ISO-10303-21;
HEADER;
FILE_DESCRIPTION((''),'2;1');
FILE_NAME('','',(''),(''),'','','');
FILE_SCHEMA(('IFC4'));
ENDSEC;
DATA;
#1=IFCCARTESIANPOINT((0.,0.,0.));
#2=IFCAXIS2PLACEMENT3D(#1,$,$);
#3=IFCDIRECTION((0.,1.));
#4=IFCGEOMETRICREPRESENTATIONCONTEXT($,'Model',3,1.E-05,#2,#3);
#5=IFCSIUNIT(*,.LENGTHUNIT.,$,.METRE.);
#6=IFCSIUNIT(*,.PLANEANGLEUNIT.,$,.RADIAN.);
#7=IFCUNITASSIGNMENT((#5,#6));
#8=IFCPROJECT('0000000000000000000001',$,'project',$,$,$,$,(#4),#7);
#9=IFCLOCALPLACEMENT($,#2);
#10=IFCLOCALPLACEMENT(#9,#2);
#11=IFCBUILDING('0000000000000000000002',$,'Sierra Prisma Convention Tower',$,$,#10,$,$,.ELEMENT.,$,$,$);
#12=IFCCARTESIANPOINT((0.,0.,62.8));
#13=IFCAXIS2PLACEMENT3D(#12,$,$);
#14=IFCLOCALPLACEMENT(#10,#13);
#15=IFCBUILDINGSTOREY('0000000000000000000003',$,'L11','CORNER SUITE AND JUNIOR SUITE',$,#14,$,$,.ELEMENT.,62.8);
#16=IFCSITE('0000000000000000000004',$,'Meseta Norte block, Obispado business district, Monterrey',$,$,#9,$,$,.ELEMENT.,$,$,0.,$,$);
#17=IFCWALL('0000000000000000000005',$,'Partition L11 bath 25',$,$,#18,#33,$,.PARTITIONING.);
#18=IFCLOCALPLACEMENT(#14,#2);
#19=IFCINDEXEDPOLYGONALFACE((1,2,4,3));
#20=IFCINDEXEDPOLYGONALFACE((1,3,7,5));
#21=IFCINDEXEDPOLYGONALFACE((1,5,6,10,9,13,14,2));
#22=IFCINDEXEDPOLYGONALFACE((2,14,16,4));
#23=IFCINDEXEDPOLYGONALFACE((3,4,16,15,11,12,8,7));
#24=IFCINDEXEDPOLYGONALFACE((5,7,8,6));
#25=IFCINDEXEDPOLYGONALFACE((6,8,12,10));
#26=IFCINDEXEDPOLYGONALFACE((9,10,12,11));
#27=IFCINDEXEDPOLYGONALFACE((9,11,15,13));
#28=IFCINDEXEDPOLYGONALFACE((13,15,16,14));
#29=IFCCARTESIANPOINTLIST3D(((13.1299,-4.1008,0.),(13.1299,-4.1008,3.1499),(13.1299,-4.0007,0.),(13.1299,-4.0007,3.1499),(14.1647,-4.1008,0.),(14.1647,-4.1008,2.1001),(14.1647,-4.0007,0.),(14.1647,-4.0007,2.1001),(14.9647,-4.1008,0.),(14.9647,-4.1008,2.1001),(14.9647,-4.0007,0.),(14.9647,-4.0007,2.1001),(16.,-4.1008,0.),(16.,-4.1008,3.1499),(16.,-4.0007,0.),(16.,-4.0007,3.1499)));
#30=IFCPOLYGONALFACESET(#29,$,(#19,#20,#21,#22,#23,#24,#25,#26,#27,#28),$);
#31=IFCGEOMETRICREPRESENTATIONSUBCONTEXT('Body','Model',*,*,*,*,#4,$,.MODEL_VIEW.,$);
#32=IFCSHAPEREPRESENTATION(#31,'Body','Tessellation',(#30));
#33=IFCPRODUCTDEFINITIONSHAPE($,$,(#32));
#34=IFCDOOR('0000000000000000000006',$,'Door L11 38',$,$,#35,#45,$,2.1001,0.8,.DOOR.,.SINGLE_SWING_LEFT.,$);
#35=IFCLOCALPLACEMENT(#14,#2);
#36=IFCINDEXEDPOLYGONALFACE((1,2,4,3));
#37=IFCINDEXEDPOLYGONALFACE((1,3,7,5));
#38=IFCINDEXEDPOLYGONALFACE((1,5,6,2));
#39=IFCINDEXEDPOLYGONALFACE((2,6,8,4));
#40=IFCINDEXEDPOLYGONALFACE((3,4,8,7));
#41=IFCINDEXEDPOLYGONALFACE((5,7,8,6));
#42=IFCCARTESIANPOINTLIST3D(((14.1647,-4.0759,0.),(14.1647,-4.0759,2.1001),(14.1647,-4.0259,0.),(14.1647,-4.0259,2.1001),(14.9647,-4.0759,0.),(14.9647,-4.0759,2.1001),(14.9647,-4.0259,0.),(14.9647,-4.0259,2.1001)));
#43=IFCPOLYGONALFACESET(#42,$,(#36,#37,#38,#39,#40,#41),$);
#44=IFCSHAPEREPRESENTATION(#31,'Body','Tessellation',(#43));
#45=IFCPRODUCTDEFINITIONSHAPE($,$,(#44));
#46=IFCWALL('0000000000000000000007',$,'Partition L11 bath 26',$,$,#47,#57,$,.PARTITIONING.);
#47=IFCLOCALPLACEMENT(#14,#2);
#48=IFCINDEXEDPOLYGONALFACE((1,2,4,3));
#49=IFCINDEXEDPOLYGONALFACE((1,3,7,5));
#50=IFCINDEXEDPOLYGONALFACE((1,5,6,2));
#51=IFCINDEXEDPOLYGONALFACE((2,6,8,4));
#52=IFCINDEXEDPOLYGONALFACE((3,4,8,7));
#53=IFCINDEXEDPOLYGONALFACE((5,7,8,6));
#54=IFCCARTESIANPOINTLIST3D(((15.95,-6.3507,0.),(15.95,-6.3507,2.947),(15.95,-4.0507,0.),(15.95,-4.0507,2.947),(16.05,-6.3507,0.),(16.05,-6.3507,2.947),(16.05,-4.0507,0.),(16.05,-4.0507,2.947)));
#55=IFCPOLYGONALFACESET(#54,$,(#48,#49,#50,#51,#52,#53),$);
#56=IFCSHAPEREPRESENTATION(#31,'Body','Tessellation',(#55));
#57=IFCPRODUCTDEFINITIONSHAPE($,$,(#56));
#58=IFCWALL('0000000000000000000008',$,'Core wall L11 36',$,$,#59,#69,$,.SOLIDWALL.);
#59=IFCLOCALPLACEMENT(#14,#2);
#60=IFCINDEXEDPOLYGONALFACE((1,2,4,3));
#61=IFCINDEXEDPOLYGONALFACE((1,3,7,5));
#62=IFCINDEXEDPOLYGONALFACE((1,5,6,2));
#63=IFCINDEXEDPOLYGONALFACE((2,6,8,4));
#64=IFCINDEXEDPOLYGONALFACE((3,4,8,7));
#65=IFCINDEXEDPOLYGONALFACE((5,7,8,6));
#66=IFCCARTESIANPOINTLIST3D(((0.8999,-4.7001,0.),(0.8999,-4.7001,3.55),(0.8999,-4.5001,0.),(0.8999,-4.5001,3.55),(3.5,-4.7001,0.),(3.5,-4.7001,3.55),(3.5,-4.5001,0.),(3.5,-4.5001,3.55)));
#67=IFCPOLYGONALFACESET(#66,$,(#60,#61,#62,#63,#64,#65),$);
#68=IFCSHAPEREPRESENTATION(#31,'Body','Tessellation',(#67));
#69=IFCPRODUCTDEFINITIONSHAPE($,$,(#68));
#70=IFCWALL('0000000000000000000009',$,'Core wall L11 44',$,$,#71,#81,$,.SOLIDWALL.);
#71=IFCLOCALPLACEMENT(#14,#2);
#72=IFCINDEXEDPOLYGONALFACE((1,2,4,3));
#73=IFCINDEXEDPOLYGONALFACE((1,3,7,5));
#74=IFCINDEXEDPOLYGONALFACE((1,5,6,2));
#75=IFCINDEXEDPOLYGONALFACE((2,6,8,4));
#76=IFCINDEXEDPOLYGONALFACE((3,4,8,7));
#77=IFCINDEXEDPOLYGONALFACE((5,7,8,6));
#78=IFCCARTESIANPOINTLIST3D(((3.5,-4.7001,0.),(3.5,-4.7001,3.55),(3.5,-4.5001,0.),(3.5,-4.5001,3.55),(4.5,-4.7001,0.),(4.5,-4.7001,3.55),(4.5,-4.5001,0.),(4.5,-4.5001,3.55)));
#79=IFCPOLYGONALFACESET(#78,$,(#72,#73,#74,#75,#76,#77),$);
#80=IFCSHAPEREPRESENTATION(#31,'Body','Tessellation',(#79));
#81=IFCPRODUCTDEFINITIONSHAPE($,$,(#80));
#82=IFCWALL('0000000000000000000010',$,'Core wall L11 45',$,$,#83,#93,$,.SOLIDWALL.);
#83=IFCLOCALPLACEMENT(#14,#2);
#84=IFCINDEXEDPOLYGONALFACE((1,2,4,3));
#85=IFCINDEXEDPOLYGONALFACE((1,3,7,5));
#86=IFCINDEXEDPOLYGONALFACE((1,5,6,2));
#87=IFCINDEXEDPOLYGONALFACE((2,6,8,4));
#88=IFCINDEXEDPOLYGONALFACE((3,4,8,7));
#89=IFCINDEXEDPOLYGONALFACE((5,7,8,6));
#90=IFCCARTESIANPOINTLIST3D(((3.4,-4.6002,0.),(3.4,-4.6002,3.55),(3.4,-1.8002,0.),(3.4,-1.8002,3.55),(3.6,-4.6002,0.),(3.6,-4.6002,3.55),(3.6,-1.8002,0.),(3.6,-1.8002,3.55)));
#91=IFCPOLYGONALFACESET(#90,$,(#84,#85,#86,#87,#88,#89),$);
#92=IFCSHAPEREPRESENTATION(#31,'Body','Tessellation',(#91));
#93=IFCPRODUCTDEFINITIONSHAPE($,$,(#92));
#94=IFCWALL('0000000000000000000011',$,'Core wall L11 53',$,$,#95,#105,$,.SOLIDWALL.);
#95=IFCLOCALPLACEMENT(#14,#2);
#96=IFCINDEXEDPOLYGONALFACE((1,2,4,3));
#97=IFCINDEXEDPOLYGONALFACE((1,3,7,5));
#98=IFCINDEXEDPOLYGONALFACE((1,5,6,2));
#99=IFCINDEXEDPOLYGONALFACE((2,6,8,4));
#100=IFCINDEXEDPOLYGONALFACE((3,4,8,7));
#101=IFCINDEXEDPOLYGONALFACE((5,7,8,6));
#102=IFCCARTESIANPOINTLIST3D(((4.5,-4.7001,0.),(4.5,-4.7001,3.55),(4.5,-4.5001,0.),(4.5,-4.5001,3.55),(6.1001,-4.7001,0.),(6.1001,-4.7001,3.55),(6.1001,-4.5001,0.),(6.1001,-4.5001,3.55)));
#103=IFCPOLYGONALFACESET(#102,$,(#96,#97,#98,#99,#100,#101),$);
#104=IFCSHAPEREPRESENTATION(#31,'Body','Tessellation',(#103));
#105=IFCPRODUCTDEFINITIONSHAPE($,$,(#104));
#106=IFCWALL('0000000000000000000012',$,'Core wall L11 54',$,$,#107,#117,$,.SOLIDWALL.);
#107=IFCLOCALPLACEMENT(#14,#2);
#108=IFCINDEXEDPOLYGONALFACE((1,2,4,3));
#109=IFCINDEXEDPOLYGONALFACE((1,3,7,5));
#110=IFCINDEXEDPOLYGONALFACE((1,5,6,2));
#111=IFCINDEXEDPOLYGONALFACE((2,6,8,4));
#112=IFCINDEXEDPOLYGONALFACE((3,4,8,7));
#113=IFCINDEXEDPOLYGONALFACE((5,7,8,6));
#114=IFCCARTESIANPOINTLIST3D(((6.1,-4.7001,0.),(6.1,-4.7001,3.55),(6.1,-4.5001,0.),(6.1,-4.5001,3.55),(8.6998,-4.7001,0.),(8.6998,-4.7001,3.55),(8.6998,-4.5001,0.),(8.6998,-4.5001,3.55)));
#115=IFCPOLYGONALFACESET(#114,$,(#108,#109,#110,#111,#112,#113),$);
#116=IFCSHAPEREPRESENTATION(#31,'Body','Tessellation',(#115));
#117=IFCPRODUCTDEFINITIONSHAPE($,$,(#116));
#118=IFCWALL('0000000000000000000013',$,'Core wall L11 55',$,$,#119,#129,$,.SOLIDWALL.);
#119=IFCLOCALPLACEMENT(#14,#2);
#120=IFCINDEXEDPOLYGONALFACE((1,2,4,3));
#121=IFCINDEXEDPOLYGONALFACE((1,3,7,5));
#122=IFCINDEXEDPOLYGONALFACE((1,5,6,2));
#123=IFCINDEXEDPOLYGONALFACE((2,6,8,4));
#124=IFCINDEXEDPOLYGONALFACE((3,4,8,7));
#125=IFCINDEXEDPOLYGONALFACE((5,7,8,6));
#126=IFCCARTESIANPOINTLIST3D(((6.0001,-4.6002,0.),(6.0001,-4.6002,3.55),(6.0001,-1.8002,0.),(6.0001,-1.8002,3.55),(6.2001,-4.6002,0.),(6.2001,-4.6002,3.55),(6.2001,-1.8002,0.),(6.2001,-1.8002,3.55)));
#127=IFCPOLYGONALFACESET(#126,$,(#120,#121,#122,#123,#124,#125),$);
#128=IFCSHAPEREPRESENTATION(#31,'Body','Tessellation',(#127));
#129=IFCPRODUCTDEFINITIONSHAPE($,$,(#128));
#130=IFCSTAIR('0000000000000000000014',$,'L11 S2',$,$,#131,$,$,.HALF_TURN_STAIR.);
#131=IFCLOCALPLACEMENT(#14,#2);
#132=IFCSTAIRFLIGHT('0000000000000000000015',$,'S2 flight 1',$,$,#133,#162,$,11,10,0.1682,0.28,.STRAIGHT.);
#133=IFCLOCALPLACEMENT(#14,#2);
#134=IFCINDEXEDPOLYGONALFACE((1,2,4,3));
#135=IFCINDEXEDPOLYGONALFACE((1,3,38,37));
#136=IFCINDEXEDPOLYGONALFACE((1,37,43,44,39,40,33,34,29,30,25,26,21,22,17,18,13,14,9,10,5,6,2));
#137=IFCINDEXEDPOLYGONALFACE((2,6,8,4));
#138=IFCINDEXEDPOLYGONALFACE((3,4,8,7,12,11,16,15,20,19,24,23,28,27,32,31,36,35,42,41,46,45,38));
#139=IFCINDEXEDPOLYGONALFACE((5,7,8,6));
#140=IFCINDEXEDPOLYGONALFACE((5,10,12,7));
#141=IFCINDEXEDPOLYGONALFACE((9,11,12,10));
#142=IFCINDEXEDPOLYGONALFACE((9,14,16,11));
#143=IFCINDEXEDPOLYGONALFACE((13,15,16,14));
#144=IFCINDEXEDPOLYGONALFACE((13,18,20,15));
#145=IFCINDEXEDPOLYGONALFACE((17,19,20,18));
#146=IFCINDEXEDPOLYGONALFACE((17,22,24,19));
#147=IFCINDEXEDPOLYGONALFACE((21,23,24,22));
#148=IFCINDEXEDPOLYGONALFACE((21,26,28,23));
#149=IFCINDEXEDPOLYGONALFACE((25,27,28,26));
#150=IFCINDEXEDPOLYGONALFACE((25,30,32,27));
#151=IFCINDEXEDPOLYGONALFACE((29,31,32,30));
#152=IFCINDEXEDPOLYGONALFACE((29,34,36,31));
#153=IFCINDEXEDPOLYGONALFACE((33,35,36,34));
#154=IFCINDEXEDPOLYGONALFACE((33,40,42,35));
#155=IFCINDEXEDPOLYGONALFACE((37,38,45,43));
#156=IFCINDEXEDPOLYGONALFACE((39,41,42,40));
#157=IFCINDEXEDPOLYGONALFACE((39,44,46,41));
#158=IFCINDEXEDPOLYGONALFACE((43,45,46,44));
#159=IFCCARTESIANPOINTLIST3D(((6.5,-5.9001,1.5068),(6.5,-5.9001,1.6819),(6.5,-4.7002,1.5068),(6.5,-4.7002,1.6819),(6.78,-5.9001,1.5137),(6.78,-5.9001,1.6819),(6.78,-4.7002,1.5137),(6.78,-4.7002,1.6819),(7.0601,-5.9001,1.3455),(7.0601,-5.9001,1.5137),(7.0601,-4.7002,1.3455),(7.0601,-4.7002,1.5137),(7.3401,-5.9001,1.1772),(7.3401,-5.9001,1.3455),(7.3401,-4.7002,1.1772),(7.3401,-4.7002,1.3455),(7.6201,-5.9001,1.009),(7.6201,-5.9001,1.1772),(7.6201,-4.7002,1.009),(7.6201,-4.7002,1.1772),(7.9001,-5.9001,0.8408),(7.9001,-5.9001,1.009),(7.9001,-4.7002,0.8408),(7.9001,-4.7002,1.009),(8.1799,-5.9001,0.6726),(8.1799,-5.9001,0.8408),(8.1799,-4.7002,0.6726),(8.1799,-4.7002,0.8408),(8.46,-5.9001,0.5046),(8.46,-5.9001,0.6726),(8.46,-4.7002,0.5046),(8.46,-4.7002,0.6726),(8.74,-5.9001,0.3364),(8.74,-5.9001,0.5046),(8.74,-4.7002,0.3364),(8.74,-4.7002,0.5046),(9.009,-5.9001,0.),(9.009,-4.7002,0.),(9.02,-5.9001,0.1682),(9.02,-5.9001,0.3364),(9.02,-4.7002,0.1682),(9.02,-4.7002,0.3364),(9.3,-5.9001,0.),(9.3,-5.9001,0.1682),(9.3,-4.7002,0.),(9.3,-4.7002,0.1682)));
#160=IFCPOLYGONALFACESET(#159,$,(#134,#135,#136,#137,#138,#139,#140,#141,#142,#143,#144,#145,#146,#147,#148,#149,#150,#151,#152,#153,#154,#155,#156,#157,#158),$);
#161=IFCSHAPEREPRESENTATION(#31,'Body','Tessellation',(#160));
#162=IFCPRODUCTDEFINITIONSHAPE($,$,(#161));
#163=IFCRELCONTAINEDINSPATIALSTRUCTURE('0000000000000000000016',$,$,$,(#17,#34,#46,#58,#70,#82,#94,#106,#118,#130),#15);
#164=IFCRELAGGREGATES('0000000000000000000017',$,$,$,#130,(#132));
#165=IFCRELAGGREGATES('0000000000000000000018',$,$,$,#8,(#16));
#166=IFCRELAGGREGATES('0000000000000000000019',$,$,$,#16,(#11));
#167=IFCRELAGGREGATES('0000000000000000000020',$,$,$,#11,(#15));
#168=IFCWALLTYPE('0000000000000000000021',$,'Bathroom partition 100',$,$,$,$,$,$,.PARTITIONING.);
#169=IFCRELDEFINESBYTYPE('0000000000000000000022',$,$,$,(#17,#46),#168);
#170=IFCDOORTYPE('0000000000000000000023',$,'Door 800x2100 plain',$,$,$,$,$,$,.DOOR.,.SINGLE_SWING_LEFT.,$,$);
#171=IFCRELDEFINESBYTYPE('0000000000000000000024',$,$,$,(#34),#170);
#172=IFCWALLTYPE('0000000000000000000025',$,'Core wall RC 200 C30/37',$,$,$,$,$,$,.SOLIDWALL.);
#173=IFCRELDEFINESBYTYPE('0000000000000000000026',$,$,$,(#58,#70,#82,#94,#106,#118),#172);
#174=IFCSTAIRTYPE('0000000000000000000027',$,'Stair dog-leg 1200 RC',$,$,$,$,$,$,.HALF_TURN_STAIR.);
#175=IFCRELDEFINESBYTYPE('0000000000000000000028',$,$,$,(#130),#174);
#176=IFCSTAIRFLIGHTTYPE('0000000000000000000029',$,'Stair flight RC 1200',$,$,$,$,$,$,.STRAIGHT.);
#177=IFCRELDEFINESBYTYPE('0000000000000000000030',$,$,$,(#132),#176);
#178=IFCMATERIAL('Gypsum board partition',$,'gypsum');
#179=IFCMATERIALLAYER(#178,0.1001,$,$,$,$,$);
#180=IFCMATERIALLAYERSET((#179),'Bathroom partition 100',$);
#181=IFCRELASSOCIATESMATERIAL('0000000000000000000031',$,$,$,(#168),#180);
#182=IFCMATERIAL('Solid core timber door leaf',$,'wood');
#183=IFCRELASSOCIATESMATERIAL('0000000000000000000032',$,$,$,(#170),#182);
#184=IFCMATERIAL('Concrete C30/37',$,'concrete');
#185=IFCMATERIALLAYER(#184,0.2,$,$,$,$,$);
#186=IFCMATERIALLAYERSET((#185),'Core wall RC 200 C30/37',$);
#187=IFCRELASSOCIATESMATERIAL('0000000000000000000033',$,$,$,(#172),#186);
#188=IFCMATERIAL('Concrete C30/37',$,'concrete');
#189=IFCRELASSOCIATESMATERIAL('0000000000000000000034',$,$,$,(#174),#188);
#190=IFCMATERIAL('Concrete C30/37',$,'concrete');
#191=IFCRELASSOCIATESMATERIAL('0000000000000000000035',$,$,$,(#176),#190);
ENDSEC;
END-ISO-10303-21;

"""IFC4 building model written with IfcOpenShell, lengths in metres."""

from ifc_helpers import new_model, si_unit, direction, frame, frame_2d, origin, place, context, subcontext, project, spatial, polyline, rectangle, outline, extrude, material, layer, layer_set, type_object, element, fill, aggregate, save


model = new_model("IFC4")

# Units and contexts
model_context = context("Model", 3, precision=1e-05, world=origin(), true_north=direction((0.0, 1.0)))
body_context = subcontext(model_context, "Body", "Model", "MODEL_VIEW")
ifc_project = project(units=[si_unit("LENGTHUNIT", "METRE"), si_unit("PLANEANGLEUNIT", "RADIAN")], contexts=[model_context])

# Site, building, storey
site_placement = place(None, origin())
site = spatial("IfcSite", under=ifc_project, at=site_placement, Name="Meseta Norte block, Obispado business district, Monterrey", CompositionType="ELEMENT", RefElevation=0.0)
building_placement = place(site_placement, origin())
building = spatial("IfcBuilding", under=site, at=building_placement, Name="Sierra Prisma Convention Tower", CompositionType="ELEMENT")
storey_placement = place(building_placement, frame((0.0, 0.0, 62.8)))
storey = spatial("IfcBuildingStorey", under=building, at=storey_placement, Name="L11", Description="CORNER SUITE AND JUNIOR SUITE", CompositionType="ELEMENT", Elevation=62.8)

# Wall, opening, door
ifc_material_1 = material(Name="Gypsum board partition", Category="gypsum")
ifc_layer_1 = layer(ifc_material_1, 0.1001)
ifc_layer_set_1 = layer_set([ifc_layer_1], Name="Bathroom partition 100")
wall_type_1 = type_object("IfcWallType", Name="Bathroom partition 100", PredefinedType="PARTITIONING", material=ifc_layer_set_1)
wall_1_placement = place(storey_placement, frame((13.1299, -4.0508, 0.0), z_axis=(0.0, 0.0, 1.0), x_axis=(1.0, 0.0, 0.0)))
wall_1 = element("IfcWall", 1, at=wall_1_placement, inside=storey, type_object=wall_type_1, Name="Partition L11 bath 25", PredefinedType="PARTITIONING", context=body_context, shape_type="SweptSolid", body=[
    extrude(rectangle(XDim=2.8701, YDim=0.1001, at=frame_2d((1.4351, 0.0))), origin(), (0.0, 0.0, 1.0), 3.1499),
])
opening_1_placement = place(wall_1_placement, frame((1.0349, 0.0, 0.0)))
opening_1 = element("IfcOpeningElement", 2, at=opening_1_placement, cuts=wall_1, PredefinedType="OPENING", context=body_context, shape_type="SweptSolid", body=[
    extrude(rectangle(XDim=0.8, YDim=2.1001, at=frame_2d((0.3999, 1.05))), frame((0.0, 0.05, 0.0), z_axis=(0.0, -1.0, 0.0), x_axis=(1.0, 0.0, 0.0)), (0.0, 0.0, 1.0), 0.1001),
])
ifc_material_2 = material(Name="Solid core timber door leaf", Category="wood")
door_type_1 = type_object("IfcDoorType", Name="Door 800x2100 plain", OperationType="SINGLE_SWING_LEFT", PredefinedType="DOOR", material=ifc_material_2)
door_1_placement = place(opening_1_placement, origin())
door_1 = element("IfcDoor", 3, at=door_1_placement, inside=storey, type_object=door_type_1, Name="Door L11 38", OperationType="SINGLE_SWING_LEFT", OverallHeight=2.1001, OverallWidth=0.8, PredefinedType="DOOR", context=body_context, shape_type="SweptSolid", body=[
    extrude(rectangle(XDim=0.8, YDim=2.1001, at=frame_2d((0.3999, 1.05))), frame((0.0, 0.0249, 0.0), z_axis=(0.0, -1.0, 0.0), x_axis=(1.0, 0.0, 0.0)), (0.0, 0.0, 1.0), 0.05),
])
fill(opening_1, door_1)

# Wall
wall_2_placement = place(storey_placement, frame((16.0, -4.0508, 0.0), z_axis=(0.0, 0.0, 1.0), x_axis=(0.0, -1.0, 0.0)))
element("IfcWall", 4, at=wall_2_placement, inside=storey, type_object=wall_type_1, Name="Partition L11 bath 26", PredefinedType="PARTITIONING", context=body_context, shape_type="SweptSolid", body=[
    extrude(rectangle(XDim=2.3, YDim=0.1001, at=frame_2d((1.1499, 0.0))), origin(), (0.0, 0.0, 1.0), 2.947),
])

# Shared definitions
ifc_material_3 = material(Name="Concrete C30/37", Category="concrete")
ifc_layer_2 = layer(ifc_material_3, 0.2)
ifc_layer_set_2 = layer_set([ifc_layer_2], Name="Core wall RC 200 C30/37")
wall_type_2 = type_object("IfcWallType", Name="Core wall RC 200 C30/37", PredefinedType="SOLIDWALL", material=ifc_layer_set_2)

# Walls
wall_3_placement = place(storey_placement, frame((3.5, -4.6001, 0.0), z_axis=(0.0, 0.0, 1.0), x_axis=(-1.0, 0.0, 0.0)))
element("IfcWall", 5, at=wall_3_placement, inside=storey, type_object=wall_type_2, Name="Core wall L11 36", PredefinedType="SOLIDWALL", context=body_context, shape_type="SweptSolid", body=[
    extrude(rectangle(XDim=2.6001, YDim=0.2, at=frame_2d((1.3, 0.0))), origin(), (0.0, 0.0, 1.0), 3.55),
])
wall_4_placement = place(storey_placement, frame((4.5, -4.6001, 0.0), z_axis=(0.0, 0.0, 1.0), x_axis=(-1.0, 0.0, 0.0)))
element("IfcWall", 6, at=wall_4_placement, inside=storey, type_object=wall_type_2, Name="Core wall L11 44", PredefinedType="SOLIDWALL", context=body_context, shape_type="SweptSolid", body=[
    extrude(rectangle(XDim=1.0, YDim=0.2, at=frame_2d((0.5, 0.0))), origin(), (0.0, 0.0, 1.0), 3.55),
])
wall_5_placement = place(storey_placement, frame((3.5, -4.6001, 0.0), z_axis=(0.0, 0.0, 1.0), x_axis=(0.0, 1.0, 0.0)))
element("IfcWall", 7, at=wall_5_placement, inside=storey, type_object=wall_type_2, Name="Core wall L11 45", PredefinedType="SOLIDWALL", context=body_context, shape_type="SweptSolid", body=[
    extrude(rectangle(XDim=2.8, YDim=0.2, at=frame_2d((1.3999, 0.0))), origin(), (0.0, 0.0, 1.0), 3.55),
])
wall_6_placement = place(storey_placement, frame((4.5, -4.6001, 0.0), z_axis=(0.0, 0.0, 1.0), x_axis=(1.0, 0.0, 0.0)))
element("IfcWall", 8, at=wall_6_placement, inside=storey, type_object=wall_type_2, Name="Core wall L11 53", PredefinedType="SOLIDWALL", context=body_context, shape_type="SweptSolid", body=[
    extrude(rectangle(XDim=1.6001, YDim=0.2, at=frame_2d((0.8, 0.0))), origin(), (0.0, 0.0, 1.0), 3.55),
])
wall_7_placement = place(storey_placement, frame((6.1001, -4.6001, 0.0), z_axis=(0.0, 0.0, 1.0), x_axis=(1.0, 0.0, 0.0)))
element("IfcWall", 9, at=wall_7_placement, inside=storey, type_object=wall_type_2, Name="Core wall L11 54", PredefinedType="SOLIDWALL", context=body_context, shape_type="SweptSolid", body=[
    extrude(rectangle(XDim=2.5999, YDim=0.2, at=frame_2d((1.2998, 0.0))), origin(), (0.0, 0.0, 1.0), 3.55),
])
wall_8_placement = place(storey_placement, frame((6.1001, -4.6001, 0.0), z_axis=(0.0, 0.0, 1.0), x_axis=(0.0, 1.0, 0.0)))
element("IfcWall", 10, at=wall_8_placement, inside=storey, type_object=wall_type_2, Name="Core wall L11 55", PredefinedType="SOLIDWALL", context=body_context, shape_type="SweptSolid", body=[
    extrude(rectangle(XDim=2.8, YDim=0.2, at=frame_2d((1.3999, 0.0))), origin(), (0.0, 0.0, 1.0), 3.55),
])

# Stair, stair flight
ifc_material_4 = material(Name="Concrete C30/37", Category="concrete")
stair_type = type_object("IfcStairType", Name="Stair dog-leg 1200 RC", PredefinedType="HALF_TURN_STAIR", material=ifc_material_4)
stair_placement = place(storey_placement, origin())
stair = element("IfcStair", 11, at=stair_placement, inside=storey, type_object=stair_type, Name="L11 S2", PredefinedType="HALF_TURN_STAIR")
ifc_material_5 = material(Name="Concrete C30/37", Category="concrete")
stair_flight_type = type_object("IfcStairFlightType", Name="Stair flight RC 1200", PredefinedType="STRAIGHT", material=ifc_material_5)
stair_flight_placement = place(storey_placement, frame((9.3, -5.3, 0.0), z_axis=(0.0, 0.0, 1.0), x_axis=(-1.0, 0.0, 0.0)))
stair_flight = element("IfcStairFlight", 12, at=stair_flight_placement, type_object=stair_flight_type, Name="S2 flight 1", NumberOfRisers=11, NumberOfTreads=10, PredefinedType="STRAIGHT", RiserHeight=0.1682, TreadLength=0.28, context=body_context, shape_type="SweptSolid", body=[
    extrude(outline(polyline([(0.0, 0.0), (0.0, 0.1682), (0.28, 0.1682), (0.28, 0.3364), (0.5601, 0.3364), (0.5601, 0.5046), (0.8401, 0.5046), (0.8401, 0.6726), (1.1201, 0.6726), (1.1201, 0.8408), (1.3999, 0.8408), (1.3999, 1.009), (1.6799, 1.009), (1.6799, 1.1772), (1.96, 1.1772), (1.96, 1.3455), (2.24, 1.3455), (2.24, 1.5137), (2.52, 1.5137), (2.52, 1.6819), (2.8, 1.6819), (2.8, 1.8501), (2.8, 1.5068), (0.291, 0.0), (0.0, 0.0)])), frame((0.0, 0.6001, 0.0), z_axis=(0.0, -1.0, 0.0), x_axis=(1.0, 0.0, 0.0)), (0.0, 0.0, 1.0), 1.2),
])
aggregate(stair, [stair_flight])

save(model, "model.ifc")
